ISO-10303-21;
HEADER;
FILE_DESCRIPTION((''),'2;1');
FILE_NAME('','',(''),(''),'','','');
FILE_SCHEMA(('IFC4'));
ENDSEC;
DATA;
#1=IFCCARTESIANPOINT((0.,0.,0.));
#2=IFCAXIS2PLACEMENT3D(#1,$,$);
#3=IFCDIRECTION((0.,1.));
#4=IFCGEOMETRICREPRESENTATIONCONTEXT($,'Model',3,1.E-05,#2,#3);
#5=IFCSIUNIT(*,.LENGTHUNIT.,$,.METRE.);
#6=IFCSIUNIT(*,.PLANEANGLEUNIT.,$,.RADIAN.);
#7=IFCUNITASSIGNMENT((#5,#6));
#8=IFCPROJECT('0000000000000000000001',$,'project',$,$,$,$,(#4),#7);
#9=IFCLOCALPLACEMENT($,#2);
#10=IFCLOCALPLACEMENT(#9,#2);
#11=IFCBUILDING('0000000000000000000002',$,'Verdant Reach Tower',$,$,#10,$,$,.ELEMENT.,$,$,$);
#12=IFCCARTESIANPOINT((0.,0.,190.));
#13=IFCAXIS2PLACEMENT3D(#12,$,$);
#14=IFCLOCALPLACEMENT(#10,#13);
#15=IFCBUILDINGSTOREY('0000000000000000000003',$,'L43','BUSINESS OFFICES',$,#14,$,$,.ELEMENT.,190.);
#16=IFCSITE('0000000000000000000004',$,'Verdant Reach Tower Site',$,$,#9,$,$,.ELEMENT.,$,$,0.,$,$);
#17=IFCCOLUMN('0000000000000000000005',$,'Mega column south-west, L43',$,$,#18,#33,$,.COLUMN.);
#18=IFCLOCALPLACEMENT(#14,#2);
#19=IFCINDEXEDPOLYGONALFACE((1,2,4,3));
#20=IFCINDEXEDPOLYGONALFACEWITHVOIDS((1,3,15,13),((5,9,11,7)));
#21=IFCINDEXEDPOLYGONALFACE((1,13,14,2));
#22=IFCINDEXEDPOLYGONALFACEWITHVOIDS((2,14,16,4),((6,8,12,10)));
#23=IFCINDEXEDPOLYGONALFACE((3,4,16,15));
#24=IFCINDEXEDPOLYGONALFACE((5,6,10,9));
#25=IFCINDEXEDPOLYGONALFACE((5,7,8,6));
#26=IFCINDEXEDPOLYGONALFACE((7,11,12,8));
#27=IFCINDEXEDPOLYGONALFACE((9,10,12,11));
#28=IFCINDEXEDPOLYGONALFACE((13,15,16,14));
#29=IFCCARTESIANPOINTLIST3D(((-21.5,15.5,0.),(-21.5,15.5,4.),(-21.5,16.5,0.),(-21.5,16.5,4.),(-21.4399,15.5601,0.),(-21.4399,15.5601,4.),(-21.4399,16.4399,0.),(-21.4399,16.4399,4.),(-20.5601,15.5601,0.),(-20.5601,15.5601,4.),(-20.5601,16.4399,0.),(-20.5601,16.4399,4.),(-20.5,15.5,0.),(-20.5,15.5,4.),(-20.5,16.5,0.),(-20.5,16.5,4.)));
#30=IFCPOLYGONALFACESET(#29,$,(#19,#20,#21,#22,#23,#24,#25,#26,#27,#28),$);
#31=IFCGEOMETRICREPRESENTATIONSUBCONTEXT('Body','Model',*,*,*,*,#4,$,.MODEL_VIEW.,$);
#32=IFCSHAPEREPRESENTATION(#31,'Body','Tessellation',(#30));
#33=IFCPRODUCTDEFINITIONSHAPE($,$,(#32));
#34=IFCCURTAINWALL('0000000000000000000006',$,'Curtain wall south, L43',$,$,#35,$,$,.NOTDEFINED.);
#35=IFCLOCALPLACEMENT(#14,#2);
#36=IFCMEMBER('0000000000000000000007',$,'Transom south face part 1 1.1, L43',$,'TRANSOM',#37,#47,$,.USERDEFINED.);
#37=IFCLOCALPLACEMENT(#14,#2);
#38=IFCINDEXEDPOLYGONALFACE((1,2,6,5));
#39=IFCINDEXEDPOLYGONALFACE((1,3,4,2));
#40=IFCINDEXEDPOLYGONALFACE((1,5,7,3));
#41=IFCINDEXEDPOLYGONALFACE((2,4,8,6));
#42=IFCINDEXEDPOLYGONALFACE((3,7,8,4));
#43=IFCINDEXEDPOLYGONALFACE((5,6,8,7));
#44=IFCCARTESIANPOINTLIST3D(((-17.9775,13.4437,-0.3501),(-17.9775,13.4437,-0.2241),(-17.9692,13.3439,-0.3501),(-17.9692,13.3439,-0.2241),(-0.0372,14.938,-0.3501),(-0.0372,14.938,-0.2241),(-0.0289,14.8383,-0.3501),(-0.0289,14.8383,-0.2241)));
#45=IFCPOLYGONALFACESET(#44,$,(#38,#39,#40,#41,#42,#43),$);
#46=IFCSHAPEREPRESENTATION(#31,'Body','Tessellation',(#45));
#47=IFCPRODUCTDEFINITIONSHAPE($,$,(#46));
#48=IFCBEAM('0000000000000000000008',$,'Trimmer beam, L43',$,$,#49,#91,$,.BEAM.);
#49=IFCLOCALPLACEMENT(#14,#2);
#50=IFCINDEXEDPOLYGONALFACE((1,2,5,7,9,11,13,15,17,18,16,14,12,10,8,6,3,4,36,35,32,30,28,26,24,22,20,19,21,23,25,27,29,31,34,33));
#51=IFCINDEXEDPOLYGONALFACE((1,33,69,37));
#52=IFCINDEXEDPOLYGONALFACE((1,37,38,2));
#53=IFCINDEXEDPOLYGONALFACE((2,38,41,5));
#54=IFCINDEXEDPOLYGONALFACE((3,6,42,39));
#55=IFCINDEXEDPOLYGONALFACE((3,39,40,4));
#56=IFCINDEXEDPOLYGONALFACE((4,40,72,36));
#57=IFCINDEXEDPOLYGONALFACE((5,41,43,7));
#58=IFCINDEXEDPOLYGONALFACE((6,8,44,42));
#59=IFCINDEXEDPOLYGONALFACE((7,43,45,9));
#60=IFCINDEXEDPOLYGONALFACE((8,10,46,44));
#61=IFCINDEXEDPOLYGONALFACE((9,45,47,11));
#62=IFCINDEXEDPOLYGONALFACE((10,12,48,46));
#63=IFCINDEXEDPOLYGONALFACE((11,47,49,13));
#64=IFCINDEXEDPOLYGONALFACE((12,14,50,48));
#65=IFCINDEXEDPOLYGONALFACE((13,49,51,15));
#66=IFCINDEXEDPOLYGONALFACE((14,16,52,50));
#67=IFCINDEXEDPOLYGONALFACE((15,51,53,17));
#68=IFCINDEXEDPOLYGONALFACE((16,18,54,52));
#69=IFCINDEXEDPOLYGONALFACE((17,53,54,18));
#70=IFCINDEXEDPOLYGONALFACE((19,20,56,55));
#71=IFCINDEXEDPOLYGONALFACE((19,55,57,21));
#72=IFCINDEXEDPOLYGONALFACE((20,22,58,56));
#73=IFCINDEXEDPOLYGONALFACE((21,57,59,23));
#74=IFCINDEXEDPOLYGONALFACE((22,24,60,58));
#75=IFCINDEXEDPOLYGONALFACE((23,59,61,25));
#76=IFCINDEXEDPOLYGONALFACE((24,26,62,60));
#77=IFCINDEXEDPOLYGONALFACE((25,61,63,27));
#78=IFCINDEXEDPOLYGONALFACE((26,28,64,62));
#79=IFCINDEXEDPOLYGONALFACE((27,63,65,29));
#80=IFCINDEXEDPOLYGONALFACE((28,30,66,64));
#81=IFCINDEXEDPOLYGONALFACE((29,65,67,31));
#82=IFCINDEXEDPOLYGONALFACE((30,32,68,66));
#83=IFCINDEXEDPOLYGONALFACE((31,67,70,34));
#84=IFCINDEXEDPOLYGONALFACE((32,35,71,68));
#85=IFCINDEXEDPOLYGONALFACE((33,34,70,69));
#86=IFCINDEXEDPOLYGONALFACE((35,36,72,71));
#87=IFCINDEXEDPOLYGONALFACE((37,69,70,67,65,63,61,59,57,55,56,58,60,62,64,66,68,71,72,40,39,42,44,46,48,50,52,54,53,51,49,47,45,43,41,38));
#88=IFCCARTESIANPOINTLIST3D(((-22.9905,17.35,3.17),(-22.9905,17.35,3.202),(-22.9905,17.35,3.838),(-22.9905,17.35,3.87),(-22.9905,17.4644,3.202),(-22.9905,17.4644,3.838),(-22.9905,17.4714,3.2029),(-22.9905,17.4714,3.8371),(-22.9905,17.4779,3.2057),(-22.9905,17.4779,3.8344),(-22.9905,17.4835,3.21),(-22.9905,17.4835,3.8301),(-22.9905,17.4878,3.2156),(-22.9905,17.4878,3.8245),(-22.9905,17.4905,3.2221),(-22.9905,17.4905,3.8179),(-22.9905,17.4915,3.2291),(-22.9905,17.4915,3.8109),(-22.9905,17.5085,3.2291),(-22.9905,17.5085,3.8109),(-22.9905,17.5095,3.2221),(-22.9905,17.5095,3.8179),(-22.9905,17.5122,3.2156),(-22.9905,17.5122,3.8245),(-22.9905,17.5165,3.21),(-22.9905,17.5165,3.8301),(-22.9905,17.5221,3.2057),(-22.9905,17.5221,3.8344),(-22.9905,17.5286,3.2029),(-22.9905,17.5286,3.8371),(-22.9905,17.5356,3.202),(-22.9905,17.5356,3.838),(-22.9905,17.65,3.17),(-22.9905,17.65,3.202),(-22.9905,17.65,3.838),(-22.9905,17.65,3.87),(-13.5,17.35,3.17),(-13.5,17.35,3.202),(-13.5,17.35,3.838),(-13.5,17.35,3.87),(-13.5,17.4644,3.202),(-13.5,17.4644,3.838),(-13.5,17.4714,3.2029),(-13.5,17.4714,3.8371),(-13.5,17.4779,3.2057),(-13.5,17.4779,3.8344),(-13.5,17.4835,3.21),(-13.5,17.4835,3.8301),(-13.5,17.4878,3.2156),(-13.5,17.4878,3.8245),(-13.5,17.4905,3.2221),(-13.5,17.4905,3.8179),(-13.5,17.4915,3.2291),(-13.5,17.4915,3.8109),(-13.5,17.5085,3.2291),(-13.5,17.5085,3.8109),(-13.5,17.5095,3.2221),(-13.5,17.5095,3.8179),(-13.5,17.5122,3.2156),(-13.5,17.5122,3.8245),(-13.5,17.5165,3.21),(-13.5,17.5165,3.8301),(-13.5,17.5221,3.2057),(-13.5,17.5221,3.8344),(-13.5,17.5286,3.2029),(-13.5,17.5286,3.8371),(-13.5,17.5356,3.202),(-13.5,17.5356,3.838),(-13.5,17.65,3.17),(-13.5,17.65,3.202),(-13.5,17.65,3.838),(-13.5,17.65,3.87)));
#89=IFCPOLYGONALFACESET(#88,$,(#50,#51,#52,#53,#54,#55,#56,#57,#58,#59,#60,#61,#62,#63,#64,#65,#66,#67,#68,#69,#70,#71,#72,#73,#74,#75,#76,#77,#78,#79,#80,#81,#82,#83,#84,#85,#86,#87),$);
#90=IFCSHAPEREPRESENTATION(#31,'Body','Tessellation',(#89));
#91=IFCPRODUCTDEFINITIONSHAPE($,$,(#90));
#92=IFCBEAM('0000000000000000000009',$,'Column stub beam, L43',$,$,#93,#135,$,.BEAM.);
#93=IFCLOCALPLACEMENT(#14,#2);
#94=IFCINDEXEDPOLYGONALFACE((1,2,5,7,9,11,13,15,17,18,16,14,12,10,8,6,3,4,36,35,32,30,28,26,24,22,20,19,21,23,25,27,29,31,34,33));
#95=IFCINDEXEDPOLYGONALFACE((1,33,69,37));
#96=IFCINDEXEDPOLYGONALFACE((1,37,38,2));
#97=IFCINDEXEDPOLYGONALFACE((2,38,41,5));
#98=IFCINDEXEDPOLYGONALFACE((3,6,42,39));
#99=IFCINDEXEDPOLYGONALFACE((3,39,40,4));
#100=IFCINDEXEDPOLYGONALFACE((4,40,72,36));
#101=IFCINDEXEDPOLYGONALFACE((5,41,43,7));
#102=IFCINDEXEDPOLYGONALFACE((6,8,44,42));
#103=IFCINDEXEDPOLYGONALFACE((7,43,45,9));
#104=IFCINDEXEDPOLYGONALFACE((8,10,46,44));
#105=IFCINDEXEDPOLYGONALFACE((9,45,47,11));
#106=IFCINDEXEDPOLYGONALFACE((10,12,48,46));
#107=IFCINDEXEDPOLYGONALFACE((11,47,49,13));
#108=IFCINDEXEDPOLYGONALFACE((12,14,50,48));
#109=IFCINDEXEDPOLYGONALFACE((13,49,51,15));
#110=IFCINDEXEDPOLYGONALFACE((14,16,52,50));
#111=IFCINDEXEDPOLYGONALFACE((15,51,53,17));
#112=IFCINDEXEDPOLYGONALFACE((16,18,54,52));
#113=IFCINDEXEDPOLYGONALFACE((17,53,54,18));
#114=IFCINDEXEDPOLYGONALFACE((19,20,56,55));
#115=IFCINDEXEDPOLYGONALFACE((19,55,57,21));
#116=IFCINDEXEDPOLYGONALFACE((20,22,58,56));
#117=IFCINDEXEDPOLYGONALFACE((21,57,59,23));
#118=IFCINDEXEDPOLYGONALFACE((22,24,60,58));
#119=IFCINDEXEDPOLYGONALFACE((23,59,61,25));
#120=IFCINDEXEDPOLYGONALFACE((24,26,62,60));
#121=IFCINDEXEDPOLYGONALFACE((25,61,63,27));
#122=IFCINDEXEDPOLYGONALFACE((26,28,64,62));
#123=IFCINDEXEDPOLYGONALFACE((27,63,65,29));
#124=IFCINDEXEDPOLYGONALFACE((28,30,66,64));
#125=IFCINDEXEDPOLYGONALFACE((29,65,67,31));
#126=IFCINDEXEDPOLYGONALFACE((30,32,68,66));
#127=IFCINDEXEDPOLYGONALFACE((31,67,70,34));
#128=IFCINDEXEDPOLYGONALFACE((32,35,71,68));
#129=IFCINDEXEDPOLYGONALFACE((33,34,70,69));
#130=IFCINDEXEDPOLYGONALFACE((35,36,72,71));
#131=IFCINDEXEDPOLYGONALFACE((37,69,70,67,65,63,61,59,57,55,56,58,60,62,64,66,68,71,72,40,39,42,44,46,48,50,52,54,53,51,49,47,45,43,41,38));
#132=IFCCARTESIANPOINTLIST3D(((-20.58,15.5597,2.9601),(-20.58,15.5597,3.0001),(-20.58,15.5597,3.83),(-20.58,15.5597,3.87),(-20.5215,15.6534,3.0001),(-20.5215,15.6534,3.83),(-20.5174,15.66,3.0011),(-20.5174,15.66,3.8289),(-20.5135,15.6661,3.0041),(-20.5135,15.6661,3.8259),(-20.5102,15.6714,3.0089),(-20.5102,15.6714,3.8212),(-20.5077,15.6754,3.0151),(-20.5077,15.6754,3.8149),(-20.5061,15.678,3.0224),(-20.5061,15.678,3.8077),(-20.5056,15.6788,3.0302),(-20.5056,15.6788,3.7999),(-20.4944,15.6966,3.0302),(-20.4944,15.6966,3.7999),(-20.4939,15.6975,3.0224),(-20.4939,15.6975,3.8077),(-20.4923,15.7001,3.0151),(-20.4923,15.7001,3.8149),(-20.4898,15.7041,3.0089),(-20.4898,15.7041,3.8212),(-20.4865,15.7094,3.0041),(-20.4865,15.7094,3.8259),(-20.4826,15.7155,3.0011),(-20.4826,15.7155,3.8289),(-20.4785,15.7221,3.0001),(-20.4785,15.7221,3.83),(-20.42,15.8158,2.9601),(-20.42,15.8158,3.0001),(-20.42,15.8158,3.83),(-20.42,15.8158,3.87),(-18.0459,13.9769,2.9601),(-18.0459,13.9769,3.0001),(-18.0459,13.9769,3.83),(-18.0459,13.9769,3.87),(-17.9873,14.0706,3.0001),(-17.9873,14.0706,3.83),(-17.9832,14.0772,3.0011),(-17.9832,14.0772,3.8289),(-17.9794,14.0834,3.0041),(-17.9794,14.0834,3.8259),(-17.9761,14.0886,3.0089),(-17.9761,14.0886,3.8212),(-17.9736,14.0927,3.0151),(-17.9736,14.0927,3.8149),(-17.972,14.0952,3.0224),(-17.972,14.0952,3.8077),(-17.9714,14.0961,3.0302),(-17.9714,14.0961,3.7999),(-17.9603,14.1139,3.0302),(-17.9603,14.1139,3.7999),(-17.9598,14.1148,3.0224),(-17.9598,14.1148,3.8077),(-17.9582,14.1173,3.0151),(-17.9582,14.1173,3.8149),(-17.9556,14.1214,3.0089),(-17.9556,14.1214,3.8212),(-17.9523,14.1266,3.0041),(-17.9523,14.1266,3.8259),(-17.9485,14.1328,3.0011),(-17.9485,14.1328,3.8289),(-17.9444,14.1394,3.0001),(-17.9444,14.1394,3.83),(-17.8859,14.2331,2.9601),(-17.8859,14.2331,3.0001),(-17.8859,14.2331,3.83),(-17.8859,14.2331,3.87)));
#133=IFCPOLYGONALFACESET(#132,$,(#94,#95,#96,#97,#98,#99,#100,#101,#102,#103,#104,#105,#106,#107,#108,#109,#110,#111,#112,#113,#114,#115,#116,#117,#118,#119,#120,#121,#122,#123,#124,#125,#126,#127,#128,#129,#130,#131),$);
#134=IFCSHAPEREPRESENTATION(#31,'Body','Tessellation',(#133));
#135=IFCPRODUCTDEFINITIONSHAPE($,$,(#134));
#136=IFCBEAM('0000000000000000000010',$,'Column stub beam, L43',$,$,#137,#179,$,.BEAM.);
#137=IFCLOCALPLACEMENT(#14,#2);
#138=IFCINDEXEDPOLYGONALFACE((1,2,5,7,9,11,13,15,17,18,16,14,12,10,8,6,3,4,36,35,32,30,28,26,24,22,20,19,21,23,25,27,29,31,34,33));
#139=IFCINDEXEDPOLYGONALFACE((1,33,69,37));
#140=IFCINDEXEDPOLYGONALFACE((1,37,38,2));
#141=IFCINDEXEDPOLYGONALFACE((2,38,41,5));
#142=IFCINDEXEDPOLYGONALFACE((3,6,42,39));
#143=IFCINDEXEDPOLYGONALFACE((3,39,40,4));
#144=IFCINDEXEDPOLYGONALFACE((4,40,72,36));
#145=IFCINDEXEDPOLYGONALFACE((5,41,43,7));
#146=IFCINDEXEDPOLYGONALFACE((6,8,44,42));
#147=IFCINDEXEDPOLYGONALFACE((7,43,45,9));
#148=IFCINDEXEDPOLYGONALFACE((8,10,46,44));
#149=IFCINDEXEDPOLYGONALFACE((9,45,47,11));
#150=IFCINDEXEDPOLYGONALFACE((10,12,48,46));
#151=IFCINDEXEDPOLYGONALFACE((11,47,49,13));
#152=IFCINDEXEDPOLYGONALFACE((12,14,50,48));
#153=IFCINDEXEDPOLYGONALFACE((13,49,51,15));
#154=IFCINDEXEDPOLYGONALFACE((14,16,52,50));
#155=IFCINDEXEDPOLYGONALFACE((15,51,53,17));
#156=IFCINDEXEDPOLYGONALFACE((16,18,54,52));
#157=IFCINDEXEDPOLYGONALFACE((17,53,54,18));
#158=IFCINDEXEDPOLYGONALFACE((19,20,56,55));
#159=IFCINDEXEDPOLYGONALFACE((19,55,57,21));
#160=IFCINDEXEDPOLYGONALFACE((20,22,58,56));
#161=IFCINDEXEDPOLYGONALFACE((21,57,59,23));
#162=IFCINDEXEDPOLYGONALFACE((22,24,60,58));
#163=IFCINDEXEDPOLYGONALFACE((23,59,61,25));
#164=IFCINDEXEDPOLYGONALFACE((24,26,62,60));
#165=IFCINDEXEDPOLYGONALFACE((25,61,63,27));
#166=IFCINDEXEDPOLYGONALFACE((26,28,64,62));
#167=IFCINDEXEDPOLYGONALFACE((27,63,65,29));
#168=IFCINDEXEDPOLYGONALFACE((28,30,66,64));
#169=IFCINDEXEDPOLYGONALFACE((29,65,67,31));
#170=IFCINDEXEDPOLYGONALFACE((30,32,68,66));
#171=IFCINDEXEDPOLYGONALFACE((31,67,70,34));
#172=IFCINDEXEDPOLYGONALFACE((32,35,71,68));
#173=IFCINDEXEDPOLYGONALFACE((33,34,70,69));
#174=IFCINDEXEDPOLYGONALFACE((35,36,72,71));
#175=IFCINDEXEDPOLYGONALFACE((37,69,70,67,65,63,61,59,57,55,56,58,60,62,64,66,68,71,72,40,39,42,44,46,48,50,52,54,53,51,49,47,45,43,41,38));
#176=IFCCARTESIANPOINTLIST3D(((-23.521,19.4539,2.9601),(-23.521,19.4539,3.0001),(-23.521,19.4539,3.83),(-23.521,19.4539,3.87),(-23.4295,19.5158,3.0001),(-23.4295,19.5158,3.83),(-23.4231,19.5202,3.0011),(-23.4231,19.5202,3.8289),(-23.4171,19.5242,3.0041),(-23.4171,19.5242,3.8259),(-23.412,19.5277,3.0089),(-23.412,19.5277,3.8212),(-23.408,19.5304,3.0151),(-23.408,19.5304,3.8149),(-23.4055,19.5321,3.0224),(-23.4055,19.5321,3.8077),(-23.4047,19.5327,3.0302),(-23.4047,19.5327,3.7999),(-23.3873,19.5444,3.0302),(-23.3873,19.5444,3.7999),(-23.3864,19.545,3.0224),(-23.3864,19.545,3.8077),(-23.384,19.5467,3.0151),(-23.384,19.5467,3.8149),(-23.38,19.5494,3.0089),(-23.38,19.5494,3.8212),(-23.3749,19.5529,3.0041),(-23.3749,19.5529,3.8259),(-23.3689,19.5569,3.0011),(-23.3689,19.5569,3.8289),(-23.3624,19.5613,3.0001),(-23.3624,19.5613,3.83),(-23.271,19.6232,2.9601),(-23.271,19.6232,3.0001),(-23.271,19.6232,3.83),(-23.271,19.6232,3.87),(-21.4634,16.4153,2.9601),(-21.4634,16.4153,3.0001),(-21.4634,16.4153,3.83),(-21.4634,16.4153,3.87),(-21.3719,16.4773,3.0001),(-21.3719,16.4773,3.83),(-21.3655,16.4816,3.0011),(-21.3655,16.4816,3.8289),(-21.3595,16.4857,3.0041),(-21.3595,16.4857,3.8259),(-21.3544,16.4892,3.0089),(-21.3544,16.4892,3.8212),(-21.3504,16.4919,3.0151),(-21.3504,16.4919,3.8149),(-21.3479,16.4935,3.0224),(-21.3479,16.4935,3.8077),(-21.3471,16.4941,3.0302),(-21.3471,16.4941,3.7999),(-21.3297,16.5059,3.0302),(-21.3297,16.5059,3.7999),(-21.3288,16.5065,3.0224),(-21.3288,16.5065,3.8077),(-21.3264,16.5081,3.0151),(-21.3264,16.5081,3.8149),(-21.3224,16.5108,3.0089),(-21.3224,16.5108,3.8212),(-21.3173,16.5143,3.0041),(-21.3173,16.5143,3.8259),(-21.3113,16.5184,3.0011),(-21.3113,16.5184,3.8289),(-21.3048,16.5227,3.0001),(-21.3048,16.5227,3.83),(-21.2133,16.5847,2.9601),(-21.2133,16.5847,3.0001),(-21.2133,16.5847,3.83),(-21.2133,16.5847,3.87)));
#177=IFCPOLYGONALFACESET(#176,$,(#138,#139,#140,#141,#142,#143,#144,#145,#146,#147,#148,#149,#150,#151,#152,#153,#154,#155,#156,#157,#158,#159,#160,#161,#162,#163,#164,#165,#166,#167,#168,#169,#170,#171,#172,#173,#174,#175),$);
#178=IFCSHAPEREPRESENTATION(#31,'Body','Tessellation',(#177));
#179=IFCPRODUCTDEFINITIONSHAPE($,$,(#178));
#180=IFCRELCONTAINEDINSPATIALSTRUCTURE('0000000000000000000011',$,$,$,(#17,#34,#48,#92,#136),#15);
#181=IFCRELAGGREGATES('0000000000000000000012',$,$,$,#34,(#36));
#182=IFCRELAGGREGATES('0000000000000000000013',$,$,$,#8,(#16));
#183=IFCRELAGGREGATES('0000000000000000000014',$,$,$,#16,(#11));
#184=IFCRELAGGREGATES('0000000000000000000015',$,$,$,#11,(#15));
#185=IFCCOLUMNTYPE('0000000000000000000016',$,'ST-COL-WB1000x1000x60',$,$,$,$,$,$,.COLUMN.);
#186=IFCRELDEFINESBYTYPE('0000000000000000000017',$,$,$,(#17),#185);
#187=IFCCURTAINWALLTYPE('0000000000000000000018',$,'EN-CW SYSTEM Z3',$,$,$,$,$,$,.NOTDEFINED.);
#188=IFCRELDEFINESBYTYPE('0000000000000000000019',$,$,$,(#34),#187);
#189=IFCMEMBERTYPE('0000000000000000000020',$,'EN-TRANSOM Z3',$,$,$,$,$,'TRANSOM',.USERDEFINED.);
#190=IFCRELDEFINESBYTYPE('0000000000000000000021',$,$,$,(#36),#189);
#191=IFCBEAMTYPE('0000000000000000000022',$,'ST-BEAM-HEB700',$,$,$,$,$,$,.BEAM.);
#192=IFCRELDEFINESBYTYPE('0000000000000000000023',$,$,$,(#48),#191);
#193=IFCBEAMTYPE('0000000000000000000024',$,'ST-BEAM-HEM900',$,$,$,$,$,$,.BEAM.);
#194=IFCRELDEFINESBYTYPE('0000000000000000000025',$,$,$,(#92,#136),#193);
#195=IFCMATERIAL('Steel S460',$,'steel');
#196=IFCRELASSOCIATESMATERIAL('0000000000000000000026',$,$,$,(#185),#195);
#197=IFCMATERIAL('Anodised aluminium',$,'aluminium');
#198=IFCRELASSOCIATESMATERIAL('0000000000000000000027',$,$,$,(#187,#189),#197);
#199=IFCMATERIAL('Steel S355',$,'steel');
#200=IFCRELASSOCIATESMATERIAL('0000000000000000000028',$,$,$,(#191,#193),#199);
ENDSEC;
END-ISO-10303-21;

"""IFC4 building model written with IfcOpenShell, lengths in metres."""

from ifc_helpers import new_model, si_unit, direction, frame, origin, origin_2d, place, context, subcontext, project, spatial, rectangle, hollow_rectangle, i_section, extrude, material, material_profile, profile_set, type_object, element, aggregate, save


model = new_model("IFC4")

# Units and contexts
model_context = context("Model", 3, precision=1e-05, world=origin(), true_north=direction((0.0, 1.0)))
body_context = subcontext(model_context, "Body", "Model", "MODEL_VIEW")
ifc_project = project(units=[si_unit("LENGTHUNIT", "METRE"), si_unit("PLANEANGLEUNIT", "RADIAN")], contexts=[model_context])

# Site, building, storey
site_placement = place(None, origin())
site = spatial("IfcSite", under=ifc_project, at=site_placement, Name="Verdant Reach Tower Site", CompositionType="ELEMENT", RefElevation=0.0)
building_placement = place(site_placement, origin())
building = spatial("IfcBuilding", under=site, at=building_placement, Name="Verdant Reach Tower", CompositionType="ELEMENT")
storey_placement = place(building_placement, frame((0.0, 0.0, 190.0)))
storey = spatial("IfcBuildingStorey", under=building, at=storey_placement, Name="L43", Description="BUSINESS OFFICES", CompositionType="ELEMENT", Elevation=190.0)

# Column
ifc_material_1 = material(Name="Steel S460", Category="steel")
ifc_material_profile_1 = material_profile(ifc_material_1, hollow_rectangle(XDim=1.0, YDim=1.0, WallThickness=0.0601, at=origin_2d()), Name="WB 1000x1000x60")
ifc_profile_set_1 = profile_set([ifc_material_profile_1], Name="Steel S460")
column_type = type_object("IfcColumnType", Name="ST-COL-WB1000x1000x60", PredefinedType="COLUMN", material=ifc_profile_set_1)
column_placement = place(storey_placement, frame((-21.0, 16.0, 0.0), z_axis=(0.0, 0.0, 1.0), x_axis=(1.0, 0.0, 0.0)))
element("IfcColumn", 1, at=column_placement, inside=storey, type_object=column_type, Name="Mega column south-west, L43", PredefinedType="COLUMN", context=body_context, shape_type="SweptSolid", body=[
    extrude(hollow_rectangle(XDim=1.0, YDim=1.0, WallThickness=0.0601, at=origin_2d()), origin(), (0.0, 0.0, 1.0), 4.0),
])

# Curtain wall, member
ifc_material_2 = material(Name="Anodised aluminium", Category="aluminium")
curtain_wall_type = type_object("IfcCurtainWallType", Name="EN-CW SYSTEM Z3", PredefinedType="NOTDEFINED", material=ifc_material_2)
curtain_wall_1_placement = place(storey_placement, origin())
curtain_wall_1 = element("IfcCurtainWall", 2, at=curtain_wall_1_placement, inside=storey, type_object=curtain_wall_type, Name="Curtain wall south, L43", PredefinedType="NOTDEFINED")
ifc_material_profile_2 = material_profile(ifc_material_2, rectangle(XDim=0.1001, YDim=0.126, at=origin_2d()), Name="Transom 126x100")
ifc_profile_set_2 = profile_set([ifc_material_profile_2], Name="Anodised aluminium")
member_type = type_object("IfcMemberType", Name="EN-TRANSOM Z3", ElementType="TRANSOM", PredefinedType="USERDEFINED", material=ifc_profile_set_2)
member_placement = place(storey_placement, frame((-17.9734, 13.3938, -0.2871), z_axis=(0.996549, 0.08301, 0.0), x_axis=(-0.08301, 0.996549, 0.0)))
member = element("IfcMember", 3, at=member_placement, type_object=member_type, Name="Transom south face part 1 1.1, L43", ObjectType="TRANSOM", PredefinedType="USERDEFINED", context=body_context, shape_type="SweptSolid", body=[
    extrude(rectangle(XDim=0.1001, YDim=0.126, at=origin_2d()), origin(), (0.0, 0.0, 1.0), 18.0024),
])

# Beams
ifc_material_3 = material(Name="Steel S355", Category="steel")
ifc_material_profile_3 = material_profile(ifc_material_3, i_section(OverallWidth=0.3, OverallDepth=0.7, WebThickness=0.0171, FlangeThickness=0.032, FilletRadius=0.0271, at=origin_2d()), Name="HEB 700")
ifc_profile_set_3 = profile_set([ifc_material_profile_3], Name="Steel S355")
beam_type_1 = type_object("IfcBeamType", Name="ST-BEAM-HEB700", PredefinedType="BEAM", material=ifc_profile_set_3)
beam_1_placement = place(storey_placement, frame((-13.5, 17.5, 3.52), z_axis=(-1.0, 0.0, 0.0), x_axis=(0.0, -1.0, 0.0)))
element("IfcBeam", 4, at=beam_1_placement, inside=storey, type_object=beam_type_1, Name="Trimmer beam, L43", PredefinedType="BEAM", context=body_context, shape_type="SweptSolid", body=[
    extrude(i_section(OverallWidth=0.3, OverallDepth=0.7, WebThickness=0.0171, FlangeThickness=0.032, FilletRadius=0.0271, at=origin_2d()), origin(), (0.0, 0.0, 1.0), 9.4905),
])
ifc_material_profile_4 = material_profile(ifc_material_3, i_section(OverallWidth=0.302, OverallDepth=0.9099, WebThickness=0.021, FlangeThickness=0.04, FilletRadius=0.03, at=origin_2d()), Name="HEM 900")
ifc_profile_set_4 = profile_set([ifc_material_profile_4], Name="Steel S355")
beam_type_2 = type_object("IfcBeamType", Name="ST-BEAM-HEM900", PredefinedType="BEAM", material=ifc_profile_set_4)
beam_2_placement = place(storey_placement, frame((-20.5, 15.6877, 3.415), z_axis=(0.848164, -0.529735, 0.0), x_axis=(0.529735, 0.848164, 0.0)))
element("IfcBeam", 5, at=beam_2_placement, inside=storey, type_object=beam_type_2, Name="Column stub beam, L43", PredefinedType="BEAM", context=body_context, shape_type="SweptSolid", body=[
    extrude(i_section(OverallWidth=0.302, OverallDepth=0.9099, WebThickness=0.021, FlangeThickness=0.04, FilletRadius=0.03, at=origin_2d()), origin(), (0.0, 0.0, 1.0), 2.9878),
])
beam_3_placement = place(storey_placement, frame((-21.3384, 16.5, 3.415), z_axis=(-0.560704, 0.828016, 0.0), x_axis=(-0.828016, -0.560704, 0.0)))
element("IfcBeam", 6, at=beam_3_placement, inside=storey, type_object=beam_type_2, Name="Column stub beam, L43", PredefinedType="BEAM", context=body_context, shape_type="SweptSolid", body=[
    extrude(i_section(OverallWidth=0.302, OverallDepth=0.9099, WebThickness=0.021, FlangeThickness=0.04, FilletRadius=0.03, at=origin_2d()), origin(), (0.0, 0.0, 1.0), 3.6697),
])

aggregate(curtain_wall_1, [member])

save(model, "model.ifc")
